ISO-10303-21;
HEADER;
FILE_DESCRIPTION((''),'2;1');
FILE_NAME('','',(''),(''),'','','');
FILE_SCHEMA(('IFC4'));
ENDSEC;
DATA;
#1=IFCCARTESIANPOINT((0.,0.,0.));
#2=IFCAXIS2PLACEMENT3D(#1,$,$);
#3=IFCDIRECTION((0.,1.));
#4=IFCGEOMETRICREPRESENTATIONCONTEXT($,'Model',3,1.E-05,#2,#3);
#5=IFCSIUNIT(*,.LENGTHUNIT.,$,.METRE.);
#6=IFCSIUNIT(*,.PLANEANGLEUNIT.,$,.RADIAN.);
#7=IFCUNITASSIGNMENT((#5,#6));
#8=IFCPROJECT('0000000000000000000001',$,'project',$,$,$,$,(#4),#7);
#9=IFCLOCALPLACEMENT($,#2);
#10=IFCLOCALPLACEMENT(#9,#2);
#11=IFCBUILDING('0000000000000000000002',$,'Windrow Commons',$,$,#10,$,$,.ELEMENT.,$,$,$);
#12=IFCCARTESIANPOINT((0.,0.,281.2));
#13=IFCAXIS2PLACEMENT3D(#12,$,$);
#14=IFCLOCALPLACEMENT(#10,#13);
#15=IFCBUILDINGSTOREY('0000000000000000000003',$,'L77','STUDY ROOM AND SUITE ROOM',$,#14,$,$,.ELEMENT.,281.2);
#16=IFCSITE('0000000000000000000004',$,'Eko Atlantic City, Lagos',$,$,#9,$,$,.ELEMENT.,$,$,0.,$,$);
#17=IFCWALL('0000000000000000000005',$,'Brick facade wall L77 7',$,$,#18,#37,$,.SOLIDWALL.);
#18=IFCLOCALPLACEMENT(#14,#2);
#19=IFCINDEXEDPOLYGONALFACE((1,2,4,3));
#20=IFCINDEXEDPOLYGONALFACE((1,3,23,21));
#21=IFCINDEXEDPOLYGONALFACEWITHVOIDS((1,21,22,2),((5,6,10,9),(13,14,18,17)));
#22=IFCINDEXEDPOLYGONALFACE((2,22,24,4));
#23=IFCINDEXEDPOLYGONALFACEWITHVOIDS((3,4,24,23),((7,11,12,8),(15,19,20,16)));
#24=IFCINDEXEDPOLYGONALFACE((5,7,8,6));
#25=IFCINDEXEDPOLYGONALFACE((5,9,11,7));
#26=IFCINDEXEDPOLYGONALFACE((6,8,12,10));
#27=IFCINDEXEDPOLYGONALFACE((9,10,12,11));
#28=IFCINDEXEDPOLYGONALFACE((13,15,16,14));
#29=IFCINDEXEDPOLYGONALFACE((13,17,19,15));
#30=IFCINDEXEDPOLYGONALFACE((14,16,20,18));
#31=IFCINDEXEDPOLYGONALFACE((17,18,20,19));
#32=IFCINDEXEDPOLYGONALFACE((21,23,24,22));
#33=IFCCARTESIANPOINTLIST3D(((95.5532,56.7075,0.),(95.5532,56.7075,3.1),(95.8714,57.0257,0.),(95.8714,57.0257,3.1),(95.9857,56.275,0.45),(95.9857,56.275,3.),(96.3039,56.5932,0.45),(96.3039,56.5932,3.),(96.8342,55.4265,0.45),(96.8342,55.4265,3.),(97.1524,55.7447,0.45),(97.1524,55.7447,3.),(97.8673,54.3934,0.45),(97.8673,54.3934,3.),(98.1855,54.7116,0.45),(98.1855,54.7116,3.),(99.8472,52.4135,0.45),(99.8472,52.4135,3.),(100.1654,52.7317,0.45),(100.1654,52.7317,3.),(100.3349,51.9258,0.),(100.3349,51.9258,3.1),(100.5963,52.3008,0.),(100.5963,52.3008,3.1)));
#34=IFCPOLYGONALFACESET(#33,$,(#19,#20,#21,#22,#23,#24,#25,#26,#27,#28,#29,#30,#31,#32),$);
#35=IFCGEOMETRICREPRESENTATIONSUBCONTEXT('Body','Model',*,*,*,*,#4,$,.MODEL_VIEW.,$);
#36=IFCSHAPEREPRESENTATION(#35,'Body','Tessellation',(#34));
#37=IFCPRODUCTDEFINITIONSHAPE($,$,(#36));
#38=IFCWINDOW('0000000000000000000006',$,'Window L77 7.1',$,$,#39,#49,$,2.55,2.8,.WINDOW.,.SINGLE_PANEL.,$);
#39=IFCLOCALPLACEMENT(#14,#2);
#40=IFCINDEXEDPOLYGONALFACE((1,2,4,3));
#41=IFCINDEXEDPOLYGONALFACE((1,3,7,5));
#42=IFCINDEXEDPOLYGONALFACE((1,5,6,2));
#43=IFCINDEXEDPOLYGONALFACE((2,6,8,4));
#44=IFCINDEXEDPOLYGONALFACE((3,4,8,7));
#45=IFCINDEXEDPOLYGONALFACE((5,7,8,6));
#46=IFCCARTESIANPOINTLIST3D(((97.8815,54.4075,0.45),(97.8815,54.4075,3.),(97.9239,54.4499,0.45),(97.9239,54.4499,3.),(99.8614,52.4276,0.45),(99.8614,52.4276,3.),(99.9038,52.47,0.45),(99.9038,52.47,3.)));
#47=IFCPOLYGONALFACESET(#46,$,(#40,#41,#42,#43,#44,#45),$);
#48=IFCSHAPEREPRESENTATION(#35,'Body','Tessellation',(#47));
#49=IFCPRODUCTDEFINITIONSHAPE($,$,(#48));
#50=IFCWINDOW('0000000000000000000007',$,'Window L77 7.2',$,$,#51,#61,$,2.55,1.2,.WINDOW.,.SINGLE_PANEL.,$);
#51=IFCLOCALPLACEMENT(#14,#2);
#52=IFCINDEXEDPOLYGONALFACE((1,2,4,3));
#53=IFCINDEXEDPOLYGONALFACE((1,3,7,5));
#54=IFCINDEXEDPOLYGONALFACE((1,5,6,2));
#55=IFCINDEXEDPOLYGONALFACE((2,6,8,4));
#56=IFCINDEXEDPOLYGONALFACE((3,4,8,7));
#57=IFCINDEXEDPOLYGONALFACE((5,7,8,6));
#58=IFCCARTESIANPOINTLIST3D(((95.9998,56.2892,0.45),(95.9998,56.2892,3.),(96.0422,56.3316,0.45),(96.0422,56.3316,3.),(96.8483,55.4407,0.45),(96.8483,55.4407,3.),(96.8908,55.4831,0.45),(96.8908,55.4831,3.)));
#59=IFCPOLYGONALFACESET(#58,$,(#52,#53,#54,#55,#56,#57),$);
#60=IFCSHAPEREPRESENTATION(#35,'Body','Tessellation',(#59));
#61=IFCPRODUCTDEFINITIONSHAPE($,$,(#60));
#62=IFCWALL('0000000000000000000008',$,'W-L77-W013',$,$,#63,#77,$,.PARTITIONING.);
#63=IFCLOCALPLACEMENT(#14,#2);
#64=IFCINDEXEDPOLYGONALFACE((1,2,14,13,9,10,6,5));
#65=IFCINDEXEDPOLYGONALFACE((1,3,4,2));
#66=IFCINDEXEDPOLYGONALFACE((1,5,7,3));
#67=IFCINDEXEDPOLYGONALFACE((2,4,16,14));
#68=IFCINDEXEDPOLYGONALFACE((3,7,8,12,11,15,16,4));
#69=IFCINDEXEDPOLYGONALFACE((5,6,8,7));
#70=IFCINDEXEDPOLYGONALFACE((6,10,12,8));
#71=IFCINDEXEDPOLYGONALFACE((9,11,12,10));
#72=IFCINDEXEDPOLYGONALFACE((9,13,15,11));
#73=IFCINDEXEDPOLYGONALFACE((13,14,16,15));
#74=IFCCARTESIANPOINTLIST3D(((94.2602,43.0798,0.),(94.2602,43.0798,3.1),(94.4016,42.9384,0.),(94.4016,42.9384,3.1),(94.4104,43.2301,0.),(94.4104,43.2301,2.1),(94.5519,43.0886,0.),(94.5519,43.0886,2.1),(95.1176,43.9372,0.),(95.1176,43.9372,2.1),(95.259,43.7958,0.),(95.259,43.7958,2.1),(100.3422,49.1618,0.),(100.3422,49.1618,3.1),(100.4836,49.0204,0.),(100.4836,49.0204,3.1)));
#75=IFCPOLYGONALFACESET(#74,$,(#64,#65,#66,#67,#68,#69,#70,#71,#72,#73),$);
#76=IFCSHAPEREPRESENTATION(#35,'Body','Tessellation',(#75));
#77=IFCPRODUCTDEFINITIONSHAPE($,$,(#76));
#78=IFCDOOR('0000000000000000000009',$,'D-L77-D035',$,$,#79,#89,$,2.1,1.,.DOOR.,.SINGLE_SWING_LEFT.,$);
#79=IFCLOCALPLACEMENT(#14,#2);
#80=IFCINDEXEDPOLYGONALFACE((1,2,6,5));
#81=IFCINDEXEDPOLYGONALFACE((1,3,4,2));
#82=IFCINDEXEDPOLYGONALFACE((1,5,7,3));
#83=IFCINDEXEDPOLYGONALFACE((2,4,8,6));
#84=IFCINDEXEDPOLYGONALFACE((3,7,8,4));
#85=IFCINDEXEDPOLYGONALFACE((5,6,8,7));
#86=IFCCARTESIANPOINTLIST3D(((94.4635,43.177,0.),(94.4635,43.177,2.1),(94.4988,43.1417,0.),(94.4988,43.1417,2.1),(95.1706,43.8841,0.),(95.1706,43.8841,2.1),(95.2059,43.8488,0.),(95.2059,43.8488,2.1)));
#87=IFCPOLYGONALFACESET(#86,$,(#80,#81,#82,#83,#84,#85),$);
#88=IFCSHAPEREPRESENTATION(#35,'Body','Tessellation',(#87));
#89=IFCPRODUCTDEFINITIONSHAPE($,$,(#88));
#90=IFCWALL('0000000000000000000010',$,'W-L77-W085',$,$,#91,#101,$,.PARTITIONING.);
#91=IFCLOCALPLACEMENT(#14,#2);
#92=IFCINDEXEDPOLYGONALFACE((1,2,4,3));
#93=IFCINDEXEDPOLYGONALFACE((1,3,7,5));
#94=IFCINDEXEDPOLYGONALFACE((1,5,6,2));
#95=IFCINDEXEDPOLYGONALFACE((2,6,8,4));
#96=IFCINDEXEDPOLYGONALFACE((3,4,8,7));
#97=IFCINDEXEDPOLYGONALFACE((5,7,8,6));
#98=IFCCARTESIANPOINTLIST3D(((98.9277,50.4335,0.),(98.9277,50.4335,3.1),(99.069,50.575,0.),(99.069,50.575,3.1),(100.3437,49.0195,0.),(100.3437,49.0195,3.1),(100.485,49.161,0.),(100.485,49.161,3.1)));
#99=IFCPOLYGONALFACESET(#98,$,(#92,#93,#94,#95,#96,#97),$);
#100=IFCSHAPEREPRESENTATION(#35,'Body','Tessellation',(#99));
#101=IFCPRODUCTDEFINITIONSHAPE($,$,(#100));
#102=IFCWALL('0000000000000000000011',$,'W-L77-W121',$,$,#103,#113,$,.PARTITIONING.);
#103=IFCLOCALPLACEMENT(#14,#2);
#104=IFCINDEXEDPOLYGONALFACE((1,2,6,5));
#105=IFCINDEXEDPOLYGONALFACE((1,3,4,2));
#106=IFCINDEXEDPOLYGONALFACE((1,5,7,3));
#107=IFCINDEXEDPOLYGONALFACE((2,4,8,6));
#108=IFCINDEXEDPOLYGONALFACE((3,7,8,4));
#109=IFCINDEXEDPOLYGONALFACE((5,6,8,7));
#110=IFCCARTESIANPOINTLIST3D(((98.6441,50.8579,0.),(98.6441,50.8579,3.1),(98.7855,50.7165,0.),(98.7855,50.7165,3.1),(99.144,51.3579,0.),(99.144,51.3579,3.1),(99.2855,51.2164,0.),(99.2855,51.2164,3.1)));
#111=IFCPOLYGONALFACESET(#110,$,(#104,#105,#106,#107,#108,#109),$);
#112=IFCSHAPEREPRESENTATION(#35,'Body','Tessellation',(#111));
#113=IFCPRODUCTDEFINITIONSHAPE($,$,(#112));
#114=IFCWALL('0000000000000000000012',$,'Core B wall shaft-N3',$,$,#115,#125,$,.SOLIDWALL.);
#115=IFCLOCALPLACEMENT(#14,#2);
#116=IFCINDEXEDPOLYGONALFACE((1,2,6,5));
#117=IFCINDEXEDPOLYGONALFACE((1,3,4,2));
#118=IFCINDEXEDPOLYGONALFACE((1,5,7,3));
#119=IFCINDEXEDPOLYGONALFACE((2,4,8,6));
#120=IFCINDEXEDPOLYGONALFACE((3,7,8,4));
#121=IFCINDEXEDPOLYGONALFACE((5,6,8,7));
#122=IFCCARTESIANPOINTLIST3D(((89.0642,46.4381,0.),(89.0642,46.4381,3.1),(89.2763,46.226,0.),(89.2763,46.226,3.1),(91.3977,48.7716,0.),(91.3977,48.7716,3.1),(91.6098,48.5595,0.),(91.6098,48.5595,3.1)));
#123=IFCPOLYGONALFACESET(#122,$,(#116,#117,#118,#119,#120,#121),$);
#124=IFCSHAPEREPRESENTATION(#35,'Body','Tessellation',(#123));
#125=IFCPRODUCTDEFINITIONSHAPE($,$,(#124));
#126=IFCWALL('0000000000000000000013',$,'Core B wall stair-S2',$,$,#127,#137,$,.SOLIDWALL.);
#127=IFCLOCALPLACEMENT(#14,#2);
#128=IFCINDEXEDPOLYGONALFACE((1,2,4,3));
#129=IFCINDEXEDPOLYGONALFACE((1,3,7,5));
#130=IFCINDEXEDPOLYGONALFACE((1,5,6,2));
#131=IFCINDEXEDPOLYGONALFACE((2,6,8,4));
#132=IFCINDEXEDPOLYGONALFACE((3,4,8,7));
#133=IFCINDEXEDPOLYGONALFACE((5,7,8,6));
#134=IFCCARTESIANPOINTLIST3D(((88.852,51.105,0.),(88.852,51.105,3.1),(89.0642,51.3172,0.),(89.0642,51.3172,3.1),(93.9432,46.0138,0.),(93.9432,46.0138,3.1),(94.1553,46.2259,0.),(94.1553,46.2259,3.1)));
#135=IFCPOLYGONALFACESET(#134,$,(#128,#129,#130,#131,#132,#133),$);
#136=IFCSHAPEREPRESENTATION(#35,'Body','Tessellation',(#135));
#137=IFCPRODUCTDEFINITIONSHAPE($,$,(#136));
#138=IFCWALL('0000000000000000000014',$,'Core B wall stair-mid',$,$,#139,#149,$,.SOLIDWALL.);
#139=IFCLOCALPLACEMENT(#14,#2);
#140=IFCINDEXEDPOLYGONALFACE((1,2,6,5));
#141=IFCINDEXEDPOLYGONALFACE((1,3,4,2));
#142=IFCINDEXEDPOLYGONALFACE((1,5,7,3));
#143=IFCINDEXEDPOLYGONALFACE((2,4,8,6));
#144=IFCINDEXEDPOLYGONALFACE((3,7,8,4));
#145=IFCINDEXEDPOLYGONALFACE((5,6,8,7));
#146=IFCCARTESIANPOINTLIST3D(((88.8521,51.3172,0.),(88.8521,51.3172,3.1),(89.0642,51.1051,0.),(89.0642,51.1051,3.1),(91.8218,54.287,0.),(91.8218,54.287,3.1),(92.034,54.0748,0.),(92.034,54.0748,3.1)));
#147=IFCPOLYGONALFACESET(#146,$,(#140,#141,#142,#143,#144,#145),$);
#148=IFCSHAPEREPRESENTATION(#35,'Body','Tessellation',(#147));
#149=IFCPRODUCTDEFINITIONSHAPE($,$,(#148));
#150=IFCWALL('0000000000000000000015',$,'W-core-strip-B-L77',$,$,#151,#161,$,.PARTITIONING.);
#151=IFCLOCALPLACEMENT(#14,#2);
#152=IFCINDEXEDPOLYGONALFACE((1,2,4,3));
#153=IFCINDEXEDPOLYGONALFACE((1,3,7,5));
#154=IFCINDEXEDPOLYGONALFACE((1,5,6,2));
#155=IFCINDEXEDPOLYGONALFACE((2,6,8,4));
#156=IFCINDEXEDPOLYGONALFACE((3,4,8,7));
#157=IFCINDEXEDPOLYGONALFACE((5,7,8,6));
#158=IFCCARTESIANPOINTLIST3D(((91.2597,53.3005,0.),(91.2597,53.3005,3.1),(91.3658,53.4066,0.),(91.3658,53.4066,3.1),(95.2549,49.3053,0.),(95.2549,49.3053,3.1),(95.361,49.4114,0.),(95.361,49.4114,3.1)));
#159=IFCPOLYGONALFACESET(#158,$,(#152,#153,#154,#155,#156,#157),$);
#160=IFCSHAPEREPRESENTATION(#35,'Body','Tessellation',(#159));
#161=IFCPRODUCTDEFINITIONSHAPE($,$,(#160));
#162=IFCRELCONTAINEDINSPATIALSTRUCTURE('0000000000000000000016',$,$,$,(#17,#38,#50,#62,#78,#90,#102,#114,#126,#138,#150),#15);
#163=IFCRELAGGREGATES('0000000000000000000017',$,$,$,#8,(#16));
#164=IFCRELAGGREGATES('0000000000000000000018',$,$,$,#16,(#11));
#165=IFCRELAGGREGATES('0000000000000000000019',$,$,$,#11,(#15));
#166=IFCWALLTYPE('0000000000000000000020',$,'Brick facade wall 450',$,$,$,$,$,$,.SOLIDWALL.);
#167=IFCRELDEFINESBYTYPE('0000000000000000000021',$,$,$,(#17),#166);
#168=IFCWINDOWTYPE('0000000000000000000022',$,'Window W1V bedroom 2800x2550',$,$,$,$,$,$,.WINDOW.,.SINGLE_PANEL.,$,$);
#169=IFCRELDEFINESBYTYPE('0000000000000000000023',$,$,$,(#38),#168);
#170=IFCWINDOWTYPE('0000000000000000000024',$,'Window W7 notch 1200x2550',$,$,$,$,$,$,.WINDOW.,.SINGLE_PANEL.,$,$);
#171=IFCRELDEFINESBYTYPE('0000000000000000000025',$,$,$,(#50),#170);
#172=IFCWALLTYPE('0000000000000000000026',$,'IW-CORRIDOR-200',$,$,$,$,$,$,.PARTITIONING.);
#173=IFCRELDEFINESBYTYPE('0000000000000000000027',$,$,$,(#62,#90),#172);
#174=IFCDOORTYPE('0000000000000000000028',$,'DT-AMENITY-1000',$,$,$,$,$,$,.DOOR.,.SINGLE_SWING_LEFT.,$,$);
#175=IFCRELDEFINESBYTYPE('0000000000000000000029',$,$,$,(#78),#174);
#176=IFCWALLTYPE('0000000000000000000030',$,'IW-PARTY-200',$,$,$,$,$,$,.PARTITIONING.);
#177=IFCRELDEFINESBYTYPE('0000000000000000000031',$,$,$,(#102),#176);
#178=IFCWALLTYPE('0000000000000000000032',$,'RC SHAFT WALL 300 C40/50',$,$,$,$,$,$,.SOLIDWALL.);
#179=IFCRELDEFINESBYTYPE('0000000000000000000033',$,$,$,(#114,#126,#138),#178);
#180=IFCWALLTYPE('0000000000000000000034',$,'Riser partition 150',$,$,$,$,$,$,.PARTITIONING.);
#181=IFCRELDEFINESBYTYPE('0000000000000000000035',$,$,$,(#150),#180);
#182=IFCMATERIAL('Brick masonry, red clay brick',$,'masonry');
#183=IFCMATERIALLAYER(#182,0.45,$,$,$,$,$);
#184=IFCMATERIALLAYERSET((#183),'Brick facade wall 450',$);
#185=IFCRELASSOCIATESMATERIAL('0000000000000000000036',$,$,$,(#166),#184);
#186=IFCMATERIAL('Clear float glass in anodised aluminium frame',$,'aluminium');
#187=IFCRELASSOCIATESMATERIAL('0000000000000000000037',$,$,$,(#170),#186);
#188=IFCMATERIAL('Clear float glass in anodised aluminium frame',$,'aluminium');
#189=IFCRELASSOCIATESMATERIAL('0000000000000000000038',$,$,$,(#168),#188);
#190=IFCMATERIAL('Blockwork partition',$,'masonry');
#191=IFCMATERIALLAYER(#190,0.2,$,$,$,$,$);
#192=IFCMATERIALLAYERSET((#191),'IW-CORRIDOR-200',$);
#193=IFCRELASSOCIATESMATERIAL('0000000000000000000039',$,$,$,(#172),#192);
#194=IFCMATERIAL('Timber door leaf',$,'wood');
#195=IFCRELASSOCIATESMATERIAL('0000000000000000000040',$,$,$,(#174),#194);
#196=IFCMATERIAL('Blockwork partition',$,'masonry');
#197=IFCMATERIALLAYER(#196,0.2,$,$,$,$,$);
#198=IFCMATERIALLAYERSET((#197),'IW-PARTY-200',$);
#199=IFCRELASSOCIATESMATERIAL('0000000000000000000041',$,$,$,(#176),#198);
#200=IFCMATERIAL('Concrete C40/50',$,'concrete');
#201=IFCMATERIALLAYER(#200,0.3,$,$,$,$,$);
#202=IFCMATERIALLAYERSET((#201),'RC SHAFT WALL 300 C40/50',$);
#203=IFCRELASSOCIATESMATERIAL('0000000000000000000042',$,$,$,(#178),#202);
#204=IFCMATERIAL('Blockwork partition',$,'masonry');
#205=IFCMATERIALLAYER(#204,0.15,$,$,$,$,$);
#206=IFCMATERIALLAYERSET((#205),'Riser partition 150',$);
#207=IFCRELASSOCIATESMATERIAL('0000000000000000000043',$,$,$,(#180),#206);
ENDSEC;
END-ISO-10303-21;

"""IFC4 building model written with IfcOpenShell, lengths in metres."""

from ifc_helpers import new_model, si_unit, direction, frame, frame_2d, origin, place, context, subcontext, project, spatial, polyline, rectangle, outline, extrude, material, layer, layer_set, type_object, element, fill, save


model = new_model("IFC4")

# Units and contexts
model_context = context("Model", 3, precision=1e-05, world=origin(), true_north=direction((0.0, 1.0)))
body_context = subcontext(model_context, "Body", "Model", "MODEL_VIEW")
ifc_project = project(units=[si_unit("LENGTHUNIT", "METRE"), si_unit("PLANEANGLEUNIT", "RADIAN")], contexts=[model_context])

# Site, building, storey
site_placement = place(None, origin())
site = spatial("IfcSite", under=ifc_project, at=site_placement, Name="Eko Atlantic City, Lagos", CompositionType="ELEMENT", RefElevation=0.0)
building_placement = place(site_placement, origin())
building = spatial("IfcBuilding", under=site, at=building_placement, Name="Windrow Commons", CompositionType="ELEMENT")
storey_placement = place(building_placement, frame((0.0, 0.0, 281.2)))
storey = spatial("IfcBuildingStorey", under=building, at=storey_placement, Name="L77", Description="STUDY ROOM AND SUITE ROOM", CompositionType="ELEMENT", Elevation=281.2)

# Shared definitions
ifc_material_1 = material(Name="Brick masonry, red clay brick", Category="masonry")
ifc_layer_1 = layer(ifc_material_1, 0.45)
ifc_layer_set_1 = layer_set([ifc_layer_1], Name="Brick facade wall 450")
wall_type_1 = type_object("IfcWallType", Name="Brick facade wall 450", PredefinedType="SOLIDWALL", material=ifc_layer_set_1)

# Shared definitions
ifc_material_2 = material(Name="Clear float glass in anodised aluminium frame", Category="aluminium")
window_type_1 = type_object("IfcWindowType", Name="Window W7 notch 1200x2550", PartitioningType="SINGLE_PANEL", PredefinedType="WINDOW", material=ifc_material_2)

# Wall, openings, windows
wall_1_placement = place(storey_placement, frame((100.4656, 52.1133, 0.0), z_axis=(0.0, 0.0, 1.0), x_axis=(-0.707107, 0.707107, 0.0)))
wall_1 = element("IfcWall", 1, at=wall_1_placement, inside=storey, type_object=wall_type_1, Name="Brick facade wall L77 7", PredefinedType="SOLIDWALL", context=body_context, shape_type="SweptSolid", body=[
    extrude(outline(polyline([(0.0401, -0.225), (6.7222, -0.225), (6.7222, 0.225), (-0.0401, 0.225), (0.0401, -0.225)])), origin(), (0.0, 0.0, 1.0), 3.1),
])
opening_1_placement = place(wall_1_placement, frame((0.6495, 0.0, 0.45)))
opening_1 = element("IfcOpeningElement", 2, at=opening_1_placement, cuts=wall_1, PredefinedType="OPENING", context=body_context, shape_type="SweptSolid", body=[
    extrude(rectangle(XDim=2.8, YDim=2.55, at=frame_2d((1.4, 1.275))), frame((0.0, 0.235, 0.0), z_axis=(0.0, -1.0, 0.0), x_axis=(1.0, 0.0, 0.0)), (0.0, 0.0, 1.0), 0.47),
])
opening_2_placement = place(wall_1_placement, frame((4.9106, 0.0, 0.45)))
opening_2 = element("IfcOpeningElement", 3, at=opening_2_placement, cuts=wall_1, PredefinedType="OPENING", context=body_context, shape_type="SweptSolid", body=[
    extrude(rectangle(XDim=1.2, YDim=2.55, at=frame_2d((0.6, 1.275))), frame((0.0, 0.235, 0.0), z_axis=(0.0, -1.0, 0.0), x_axis=(1.0, 0.0, 0.0)), (0.0, 0.0, 1.0), 0.47),
])
ifc_material_3 = material(Name="Clear float glass in anodised aluminium frame", Category="aluminium")
window_type_2 = type_object("IfcWindowType", Name="Window W1V bedroom 2800x2550", PartitioningType="SINGLE_PANEL", PredefinedType="WINDOW", material=ifc_material_3)
window_1_placement = place(opening_1_placement, origin())
window_1 = element("IfcWindow", 4, at=window_1_placement, inside=storey, type_object=window_type_2, Name="Window L77 7.1", OverallHeight=2.55, OverallWidth=2.8, PartitioningType="SINGLE_PANEL", PredefinedType="WINDOW", context=body_context, shape_type="SweptSolid", body=[
    extrude(rectangle(XDim=2.8, YDim=2.55, at=frame_2d((1.4, 1.275))), frame((0.0, 0.205, 0.0), z_axis=(0.0, -1.0, 0.0), x_axis=(1.0, 0.0, 0.0)), (0.0, 0.0, 1.0), 0.06),
])
fill(opening_1, window_1)
window_2_placement = place(opening_2_placement, origin())
window_2 = element("IfcWindow", 5, at=window_2_placement, inside=storey, type_object=window_type_1, Name="Window L77 7.2", OverallHeight=2.55, OverallWidth=1.2, PartitioningType="SINGLE_PANEL", PredefinedType="WINDOW", context=body_context, shape_type="SweptSolid", body=[
    extrude(rectangle(XDim=1.2, YDim=2.55, at=frame_2d((0.6, 1.275))), frame((0.0, 0.205, 0.0), z_axis=(0.0, -1.0, 0.0), x_axis=(1.0, 0.0, 0.0)), (0.0, 0.0, 1.0), 0.06),
])
fill(opening_2, window_2)

# Wall, opening, door
ifc_material_4 = material(Name="Blockwork partition", Category="masonry")
ifc_layer_2 = layer(ifc_material_4, 0.2)
ifc_layer_set_2 = layer_set([ifc_layer_2], Name="IW-CORRIDOR-200")
wall_type_2 = type_object("IfcWallType", Name="IW-CORRIDOR-200", PredefinedType="PARTITIONING", material=ifc_layer_set_2)
wall_2_placement = place(storey_placement, frame((94.3309, 43.0091, 0.0), z_axis=(0.0, 0.0, 1.0), x_axis=(0.707107, 0.707107, 0.0)))
wall_2 = element("IfcWall", 6, at=wall_2_placement, inside=storey, type_object=wall_type_2, Name="W-L77-W013", PredefinedType="PARTITIONING", context=body_context, shape_type="SweptSolid", body=[
    extrude(rectangle(XDim=8.6012, YDim=0.2, at=frame_2d((4.3006, 0.0))), origin(), (0.0, 0.0, 1.0), 3.1),
])
opening_3_placement = place(wall_2_placement, frame((0.2125, 0.0, 0.0)))
opening_3 = element("IfcOpeningElement", 7, at=opening_3_placement, cuts=wall_2, PredefinedType="OPENING", context=body_context, shape_type="SweptSolid", body=[
    extrude(rectangle(XDim=1.0, YDim=2.1, at=frame_2d((0.5, 1.05))), frame((0.0, 0.11, 0.0), z_axis=(0.0, -1.0, 0.0), x_axis=(1.0, 0.0, 0.0)), (0.0, 0.0, 1.0), 0.22),
])
ifc_material_5 = material(Name="Timber door leaf", Category="wood")
door_type = type_object("IfcDoorType", Name="DT-AMENITY-1000", OperationType="SINGLE_SWING_LEFT", PredefinedType="DOOR", material=ifc_material_5)
door_placement = place(opening_3_placement, origin())
door = element("IfcDoor", 8, at=door_placement, inside=storey, type_object=door_type, Name="D-L77-D035", OperationType="SINGLE_SWING_LEFT", OverallHeight=2.1, OverallWidth=1.0, PredefinedType="DOOR", context=body_context, shape_type="SweptSolid", body=[
    extrude(rectangle(XDim=1.0, YDim=2.1, at=frame_2d((0.5, 1.05))), frame((0.0, 0.025, 0.0), z_axis=(0.0, -1.0, 0.0), x_axis=(1.0, 0.0, 0.0)), (0.0, 0.0, 1.0), 0.05),
])
fill(opening_3, door)

# Walls
wall_3_placement = place(storey_placement, frame((98.9983, 50.5043, 0.0), z_axis=(0.0, 0.0, 1.0), x_axis=(0.707606, -0.706607, 0.0)))
element("IfcWall", 9, at=wall_3_placement, inside=storey, type_object=wall_type_2, Name="W-L77-W085", PredefinedType="PARTITIONING", context=body_context, shape_type="SweptSolid", body=[
    extrude(rectangle(XDim=2.0011, YDim=0.2, at=frame_2d((1.0006, 0.0))), origin(), (0.0, 0.0, 1.0), 3.1),
])
ifc_material_6 = material(Name="Blockwork partition", Category="masonry")
ifc_layer_3 = layer(ifc_material_6, 0.2)
ifc_layer_set_3 = layer_set([ifc_layer_3], Name="IW-PARTY-200")
wall_type_3 = type_object("IfcWallType", Name="IW-PARTY-200", PredefinedType="PARTITIONING", material=ifc_layer_set_3)
wall_4_placement = place(storey_placement, frame((98.7148, 50.7872, 0.0), z_axis=(0.0, 0.0, 1.0), x_axis=(0.707107, 0.707107, 0.0)))
element("IfcWall", 10, at=wall_4_placement, inside=storey, type_object=wall_type_3, Name="W-L77-W121", PredefinedType="PARTITIONING", context=body_context, shape_type="SweptSolid", body=[
    extrude(rectangle(XDim=0.7071, YDim=0.2, at=frame_2d((0.3535, 0.0))), origin(), (0.0, 0.0, 1.0), 3.1),
])
ifc_material_7 = material(Name="Concrete C40/50", Category="concrete")
ifc_layer_4 = layer(ifc_material_7, 0.3)
ifc_layer_set_4 = layer_set([ifc_layer_4], Name="RC SHAFT WALL 300 C40/50")
wall_type_4 = type_object("IfcWallType", Name="RC SHAFT WALL 300 C40/50", PredefinedType="SOLIDWALL", material=ifc_layer_set_4)
wall_5_placement = place(storey_placement, frame((89.1702, 46.332, 0.0), z_axis=(0.0, 0.0, 1.0), x_axis=(0.707107, 0.707107, 0.0)))
element("IfcWall", 11, at=wall_5_placement, inside=storey, type_object=wall_type_4, Name="Core B wall shaft-N3", PredefinedType="SOLIDWALL", context=body_context, shape_type="SweptSolid", body=[
    extrude(rectangle(XDim=3.3001, YDim=0.3, at=frame_2d((1.6501, 0.0))), origin(), (0.0, 0.0, 1.0), 3.1),
])
wall_6_placement = place(storey_placement, frame((88.9581, 51.2111, 0.0), z_axis=(0.0, 0.0, 1.0), x_axis=(0.7071, -0.707114, 0.0)))
element("IfcWall", 12, at=wall_6_placement, inside=storey, type_object=wall_type_4, Name="Core B wall stair-S2", PredefinedType="SOLIDWALL", context=body_context, shape_type="SweptSolid", body=[
    extrude(rectangle(XDim=7.2, YDim=0.3, at=frame_2d((3.6, 0.0))), origin(), (0.0, 0.0, 1.0), 3.1),
])
wall_7_placement = place(storey_placement, frame((88.9581, 51.2111, 0.0), z_axis=(0.0, 0.0, 1.0), x_axis=(0.707107, 0.707107, 0.0)))
element("IfcWall", 13, at=wall_7_placement, inside=storey, type_object=wall_type_4, Name="Core B wall stair-mid", PredefinedType="SOLIDWALL", context=body_context, shape_type="SweptSolid", body=[
    extrude(rectangle(XDim=4.1999, YDim=0.3, at=frame_2d((2.1, 0.0))), origin(), (0.0, 0.0, 1.0), 3.1),
])
ifc_material_8 = material(Name="Blockwork partition", Category="masonry")
ifc_layer_5 = layer(ifc_material_8, 0.15)
ifc_layer_set_5 = layer_set([ifc_layer_5], Name="Riser partition 150")
wall_type_5 = type_object("IfcWallType", Name="Riser partition 150", PredefinedType="PARTITIONING", material=ifc_layer_set_5)
wall_8_placement = place(storey_placement, frame((91.3127, 53.3536, 0.0), z_axis=(0.0, 0.0, 1.0), x_axis=(0.707107, -0.707107, 0.0)))
element("IfcWall", 14, at=wall_8_placement, inside=storey, type_object=wall_type_5, Name="W-core-strip-B-L77", PredefinedType="PARTITIONING", context=body_context, shape_type="SweptSolid", body=[
    extrude(rectangle(XDim=5.6501, YDim=0.15, at=frame_2d((2.8251, 0.0))), origin(), (0.0, 0.0, 1.0), 3.1),
])

save(model, "model.ifc")
